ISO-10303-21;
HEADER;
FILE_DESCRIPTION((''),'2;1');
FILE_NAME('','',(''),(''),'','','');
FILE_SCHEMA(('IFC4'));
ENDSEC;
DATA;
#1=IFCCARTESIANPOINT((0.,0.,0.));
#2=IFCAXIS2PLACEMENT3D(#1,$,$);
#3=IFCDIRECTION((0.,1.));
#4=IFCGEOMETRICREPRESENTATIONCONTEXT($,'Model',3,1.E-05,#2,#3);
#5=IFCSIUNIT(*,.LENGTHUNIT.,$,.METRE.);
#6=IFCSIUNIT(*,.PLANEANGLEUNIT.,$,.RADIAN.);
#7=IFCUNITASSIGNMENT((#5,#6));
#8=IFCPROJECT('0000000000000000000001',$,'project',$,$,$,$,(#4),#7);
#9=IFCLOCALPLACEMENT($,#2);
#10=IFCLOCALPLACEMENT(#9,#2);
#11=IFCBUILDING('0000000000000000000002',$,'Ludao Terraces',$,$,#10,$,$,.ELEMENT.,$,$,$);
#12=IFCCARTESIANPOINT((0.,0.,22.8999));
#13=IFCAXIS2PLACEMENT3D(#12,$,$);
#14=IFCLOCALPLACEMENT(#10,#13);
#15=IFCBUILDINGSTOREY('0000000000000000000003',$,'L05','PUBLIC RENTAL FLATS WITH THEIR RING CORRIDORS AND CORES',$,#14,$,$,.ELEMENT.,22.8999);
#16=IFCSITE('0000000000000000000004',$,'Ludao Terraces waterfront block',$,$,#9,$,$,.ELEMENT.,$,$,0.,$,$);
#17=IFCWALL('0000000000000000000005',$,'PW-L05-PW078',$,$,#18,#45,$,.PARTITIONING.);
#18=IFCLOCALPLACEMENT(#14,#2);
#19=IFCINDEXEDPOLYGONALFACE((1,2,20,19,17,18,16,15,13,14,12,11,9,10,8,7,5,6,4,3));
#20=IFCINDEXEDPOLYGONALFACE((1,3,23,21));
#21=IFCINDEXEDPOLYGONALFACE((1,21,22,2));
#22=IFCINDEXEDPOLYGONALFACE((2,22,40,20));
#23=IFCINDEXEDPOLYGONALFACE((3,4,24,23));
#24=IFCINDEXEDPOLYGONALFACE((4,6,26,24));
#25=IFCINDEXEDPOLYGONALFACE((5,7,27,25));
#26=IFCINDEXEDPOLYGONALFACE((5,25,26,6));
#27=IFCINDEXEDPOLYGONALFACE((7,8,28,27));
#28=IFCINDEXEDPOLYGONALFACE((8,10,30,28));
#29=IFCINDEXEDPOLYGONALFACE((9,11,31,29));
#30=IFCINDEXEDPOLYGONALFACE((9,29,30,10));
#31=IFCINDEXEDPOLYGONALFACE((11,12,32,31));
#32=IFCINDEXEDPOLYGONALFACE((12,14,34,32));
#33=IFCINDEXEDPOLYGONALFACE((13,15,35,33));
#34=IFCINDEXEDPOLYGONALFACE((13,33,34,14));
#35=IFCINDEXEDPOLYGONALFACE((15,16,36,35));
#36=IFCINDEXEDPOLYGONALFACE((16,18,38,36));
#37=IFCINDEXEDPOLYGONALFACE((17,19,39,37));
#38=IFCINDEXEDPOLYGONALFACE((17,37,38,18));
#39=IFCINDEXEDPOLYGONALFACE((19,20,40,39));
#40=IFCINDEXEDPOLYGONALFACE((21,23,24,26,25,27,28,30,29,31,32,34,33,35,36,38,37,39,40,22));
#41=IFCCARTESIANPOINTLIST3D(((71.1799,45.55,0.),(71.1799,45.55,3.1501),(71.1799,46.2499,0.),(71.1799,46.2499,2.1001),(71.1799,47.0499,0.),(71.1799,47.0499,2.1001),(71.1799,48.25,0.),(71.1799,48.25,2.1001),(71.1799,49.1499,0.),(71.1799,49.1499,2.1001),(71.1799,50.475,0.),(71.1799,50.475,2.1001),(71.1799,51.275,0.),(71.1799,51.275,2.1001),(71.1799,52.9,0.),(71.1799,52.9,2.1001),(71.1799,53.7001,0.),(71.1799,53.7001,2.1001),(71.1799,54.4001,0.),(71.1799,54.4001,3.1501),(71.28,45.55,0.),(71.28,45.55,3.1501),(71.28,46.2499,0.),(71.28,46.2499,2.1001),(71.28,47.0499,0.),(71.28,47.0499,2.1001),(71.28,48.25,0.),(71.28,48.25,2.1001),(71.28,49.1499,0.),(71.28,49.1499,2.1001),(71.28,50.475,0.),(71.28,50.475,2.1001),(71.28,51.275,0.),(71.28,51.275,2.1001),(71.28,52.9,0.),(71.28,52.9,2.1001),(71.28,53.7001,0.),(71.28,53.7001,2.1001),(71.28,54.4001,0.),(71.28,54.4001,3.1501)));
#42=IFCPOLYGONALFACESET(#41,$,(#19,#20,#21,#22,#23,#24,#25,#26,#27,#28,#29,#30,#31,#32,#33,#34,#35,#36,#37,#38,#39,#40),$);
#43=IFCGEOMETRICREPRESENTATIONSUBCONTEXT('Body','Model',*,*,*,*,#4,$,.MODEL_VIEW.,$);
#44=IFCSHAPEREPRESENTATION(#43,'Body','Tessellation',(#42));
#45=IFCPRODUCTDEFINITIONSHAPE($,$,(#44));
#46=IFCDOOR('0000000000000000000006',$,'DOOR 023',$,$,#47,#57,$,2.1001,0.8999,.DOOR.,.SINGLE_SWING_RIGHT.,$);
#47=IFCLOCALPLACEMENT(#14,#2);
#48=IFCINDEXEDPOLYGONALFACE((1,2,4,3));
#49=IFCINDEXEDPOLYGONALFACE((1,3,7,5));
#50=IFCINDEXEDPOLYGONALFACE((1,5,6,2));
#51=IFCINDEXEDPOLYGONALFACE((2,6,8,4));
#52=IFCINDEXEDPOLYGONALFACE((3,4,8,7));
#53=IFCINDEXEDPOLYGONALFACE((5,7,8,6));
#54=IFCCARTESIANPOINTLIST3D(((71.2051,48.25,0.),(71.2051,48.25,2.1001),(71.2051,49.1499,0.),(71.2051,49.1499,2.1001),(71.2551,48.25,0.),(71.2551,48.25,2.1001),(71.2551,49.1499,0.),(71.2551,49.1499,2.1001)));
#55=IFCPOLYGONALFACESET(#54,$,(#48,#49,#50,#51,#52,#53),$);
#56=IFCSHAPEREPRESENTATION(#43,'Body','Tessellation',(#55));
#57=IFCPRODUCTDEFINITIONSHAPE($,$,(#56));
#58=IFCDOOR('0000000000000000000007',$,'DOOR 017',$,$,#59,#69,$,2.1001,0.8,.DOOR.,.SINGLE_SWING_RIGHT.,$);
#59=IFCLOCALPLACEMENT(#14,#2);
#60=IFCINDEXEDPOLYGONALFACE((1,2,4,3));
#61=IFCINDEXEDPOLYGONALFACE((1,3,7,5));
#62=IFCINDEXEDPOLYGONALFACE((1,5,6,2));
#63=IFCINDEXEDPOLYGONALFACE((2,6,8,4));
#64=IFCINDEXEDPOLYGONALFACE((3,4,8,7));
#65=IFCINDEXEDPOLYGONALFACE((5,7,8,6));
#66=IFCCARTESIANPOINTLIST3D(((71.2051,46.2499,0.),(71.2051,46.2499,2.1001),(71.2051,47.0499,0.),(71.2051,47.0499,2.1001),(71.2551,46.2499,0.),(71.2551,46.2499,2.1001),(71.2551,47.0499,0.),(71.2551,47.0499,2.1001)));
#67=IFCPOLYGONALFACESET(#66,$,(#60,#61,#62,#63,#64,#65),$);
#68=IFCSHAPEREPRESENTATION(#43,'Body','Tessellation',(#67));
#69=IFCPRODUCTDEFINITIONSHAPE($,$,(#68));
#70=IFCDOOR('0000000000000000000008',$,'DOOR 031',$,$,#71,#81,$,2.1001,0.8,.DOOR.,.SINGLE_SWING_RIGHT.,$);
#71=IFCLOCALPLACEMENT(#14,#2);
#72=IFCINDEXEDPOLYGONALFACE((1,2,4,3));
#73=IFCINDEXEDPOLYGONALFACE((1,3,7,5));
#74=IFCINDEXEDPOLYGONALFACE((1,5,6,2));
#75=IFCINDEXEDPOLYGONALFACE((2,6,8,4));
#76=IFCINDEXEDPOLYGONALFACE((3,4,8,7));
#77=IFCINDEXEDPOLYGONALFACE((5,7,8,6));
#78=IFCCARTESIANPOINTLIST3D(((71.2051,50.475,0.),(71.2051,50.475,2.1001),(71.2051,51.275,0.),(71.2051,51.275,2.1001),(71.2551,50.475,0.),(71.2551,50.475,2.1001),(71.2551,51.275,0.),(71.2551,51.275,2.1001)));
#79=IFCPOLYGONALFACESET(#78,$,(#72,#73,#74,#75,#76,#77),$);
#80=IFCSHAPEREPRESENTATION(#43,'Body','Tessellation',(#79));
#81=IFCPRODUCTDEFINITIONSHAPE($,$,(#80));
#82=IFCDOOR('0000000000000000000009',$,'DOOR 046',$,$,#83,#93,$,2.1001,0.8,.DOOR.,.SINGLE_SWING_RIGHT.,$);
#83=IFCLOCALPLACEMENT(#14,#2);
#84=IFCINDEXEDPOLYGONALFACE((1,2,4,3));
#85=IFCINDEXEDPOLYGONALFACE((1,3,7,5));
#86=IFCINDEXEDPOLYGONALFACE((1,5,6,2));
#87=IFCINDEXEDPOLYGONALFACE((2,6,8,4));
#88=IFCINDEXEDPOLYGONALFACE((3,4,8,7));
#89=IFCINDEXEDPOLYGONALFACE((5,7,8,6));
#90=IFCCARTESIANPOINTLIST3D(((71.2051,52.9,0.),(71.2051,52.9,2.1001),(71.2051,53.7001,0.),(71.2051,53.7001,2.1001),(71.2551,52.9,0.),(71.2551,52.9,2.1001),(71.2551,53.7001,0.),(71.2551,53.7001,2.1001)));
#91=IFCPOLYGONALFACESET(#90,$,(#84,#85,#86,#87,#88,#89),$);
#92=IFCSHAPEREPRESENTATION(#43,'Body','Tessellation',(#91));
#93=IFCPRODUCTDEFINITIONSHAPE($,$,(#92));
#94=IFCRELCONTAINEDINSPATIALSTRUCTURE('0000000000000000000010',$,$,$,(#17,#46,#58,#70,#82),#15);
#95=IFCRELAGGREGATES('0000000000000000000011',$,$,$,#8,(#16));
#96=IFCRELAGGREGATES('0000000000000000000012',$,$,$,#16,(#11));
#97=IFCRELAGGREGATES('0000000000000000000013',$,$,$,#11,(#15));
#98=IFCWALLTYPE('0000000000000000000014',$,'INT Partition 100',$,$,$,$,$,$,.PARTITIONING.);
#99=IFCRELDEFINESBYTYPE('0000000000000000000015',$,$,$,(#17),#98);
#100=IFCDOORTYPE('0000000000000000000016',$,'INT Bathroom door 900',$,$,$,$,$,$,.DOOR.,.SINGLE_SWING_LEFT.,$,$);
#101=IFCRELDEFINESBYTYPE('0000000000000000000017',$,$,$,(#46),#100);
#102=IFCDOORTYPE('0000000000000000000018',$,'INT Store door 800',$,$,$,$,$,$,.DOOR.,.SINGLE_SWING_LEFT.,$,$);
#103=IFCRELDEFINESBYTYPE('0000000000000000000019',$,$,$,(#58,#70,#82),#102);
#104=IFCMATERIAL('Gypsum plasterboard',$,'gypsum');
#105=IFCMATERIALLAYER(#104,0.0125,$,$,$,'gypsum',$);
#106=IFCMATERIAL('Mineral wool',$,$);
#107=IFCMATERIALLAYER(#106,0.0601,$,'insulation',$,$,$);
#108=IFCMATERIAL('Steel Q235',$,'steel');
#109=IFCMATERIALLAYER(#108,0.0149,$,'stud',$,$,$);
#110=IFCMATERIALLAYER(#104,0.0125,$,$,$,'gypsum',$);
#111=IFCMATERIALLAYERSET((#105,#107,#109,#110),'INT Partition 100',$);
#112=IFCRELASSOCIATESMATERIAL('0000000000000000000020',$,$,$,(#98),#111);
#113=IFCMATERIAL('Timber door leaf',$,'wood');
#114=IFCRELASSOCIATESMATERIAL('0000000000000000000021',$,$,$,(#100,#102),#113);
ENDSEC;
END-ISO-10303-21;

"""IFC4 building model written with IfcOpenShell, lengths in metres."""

from ifc_helpers import new_model, si_unit, direction, frame, frame_2d, origin, place, context, subcontext, project, spatial, rectangle, extrude, material, layer, layer_set, type_object, element, fill, save


model = new_model("IFC4")

# Units and contexts
model_context = context("Model", 3, precision=1e-05, world=origin(), true_north=direction((0.0, 1.0)))
body_context = subcontext(model_context, "Body", "Model", "MODEL_VIEW")
ifc_project = project(units=[si_unit("LENGTHUNIT", "METRE"), si_unit("PLANEANGLEUNIT", "RADIAN")], contexts=[model_context])

# Site, building, storey
site_placement = place(None, origin())
site = spatial("IfcSite", under=ifc_project, at=site_placement, Name="Ludao Terraces waterfront block", CompositionType="ELEMENT", RefElevation=0.0)
building_placement = place(site_placement, origin())
building = spatial("IfcBuilding", under=site, at=building_placement, Name="Ludao Terraces", CompositionType="ELEMENT")
storey_placement = place(building_placement, frame((0.0, 0.0, 22.8999)))
storey = spatial("IfcBuildingStorey", under=building, at=storey_placement, Name="L05", Description="PUBLIC RENTAL FLATS WITH THEIR RING CORRIDORS AND CORES", CompositionType="ELEMENT", Elevation=22.8999)

# Shared definitions
ifc_material_1 = material(Name="Mineral wool")

# Shared definitions
ifc_material_2 = material(Name="Gypsum plasterboard", Category="gypsum")
ifc_layer_1 = layer(ifc_material_2, 0.0125, Category="gypsum")
ifc_layer_2 = layer(ifc_material_1, 0.0601, Name="insulation")
ifc_material_3 = material(Name="Steel Q235", Category="steel")
ifc_layer_3 = layer(ifc_material_3, 0.0149, Name="stud")
ifc_layer_4 = layer(ifc_material_2, 0.0125, Category="gypsum")
ifc_layer_set_1 = layer_set([ifc_layer_1, ifc_layer_2, ifc_layer_3, ifc_layer_4], Name="INT Partition 100")
wall_type_1 = type_object("IfcWallType", Name="INT Partition 100", PredefinedType="PARTITIONING", material=ifc_layer_set_1)
ifc_material_4 = material(Name="Timber door leaf", Category="wood")
door_type_1 = type_object("IfcDoorType", Name="INT Bathroom door 900", OperationType="SINGLE_SWING_LEFT", PredefinedType="DOOR", material=ifc_material_4)

# Wall, openings, doors
wall_1_placement = place(storey_placement, frame((71.23, 45.55, 0.0), z_axis=(0.0, 0.0, 1.0), x_axis=(0.0, 1.0, 0.0)))
wall_1 = element("IfcWall", 1, at=wall_1_placement, inside=storey, type_object=wall_type_1, Name="PW-L05-PW078", PredefinedType="PARTITIONING", context=body_context, shape_type="SweptSolid", body=[
    extrude(rectangle(XDim=8.8501, YDim=0.1001, at=frame_2d((4.425, 0.0))), origin(), (0.0, 0.0, 1.0), 3.1501),
])
opening_1_placement = place(wall_1_placement, frame((0.7, 0.0, 0.0)))
opening_1 = element("IfcOpeningElement", 2, at=opening_1_placement, cuts=wall_1, PredefinedType="OPENING", context=body_context, shape_type="SweptSolid", body=[
    extrude(rectangle(XDim=0.8, YDim=2.1001, at=frame_2d((0.3999, 1.05))), frame((0.0, 0.0601, 0.0), z_axis=(0.0, -1.0, 0.0), x_axis=(1.0, 0.0, 0.0)), (0.0, 0.0, 1.0), 0.1201),
])
opening_2_placement = place(wall_1_placement, frame((2.7, 0.0, 0.0)))
opening_2 = element("IfcOpeningElement", 3, at=opening_2_placement, cuts=wall_1, PredefinedType="OPENING", context=body_context, shape_type="SweptSolid", body=[
    extrude(rectangle(XDim=0.8999, YDim=2.1001, at=frame_2d((0.45, 1.05))), frame((0.0, 0.0601, 0.0), z_axis=(0.0, -1.0, 0.0), x_axis=(1.0, 0.0, 0.0)), (0.0, 0.0, 1.0), 0.1201),
])
opening_3_placement = place(wall_1_placement, frame((4.925, 0.0, 0.0)))
opening_3 = element("IfcOpeningElement", 4, at=opening_3_placement, cuts=wall_1, PredefinedType="OPENING", context=body_context, shape_type="SweptSolid", body=[
    extrude(rectangle(XDim=0.8, YDim=2.1001, at=frame_2d((0.3999, 1.05))), frame((0.0, 0.0601, 0.0), z_axis=(0.0, -1.0, 0.0), x_axis=(1.0, 0.0, 0.0)), (0.0, 0.0, 1.0), 0.1201),
])
opening_4_placement = place(wall_1_placement, frame((7.3501, 0.0, 0.0)))
opening_4 = element("IfcOpeningElement", 5, at=opening_4_placement, cuts=wall_1, PredefinedType="OPENING", context=body_context, shape_type="SweptSolid", body=[
    extrude(rectangle(XDim=0.8, YDim=2.1001, at=frame_2d((0.3999, 1.05))), frame((0.0, 0.0601, 0.0), z_axis=(0.0, -1.0, 0.0), x_axis=(1.0, 0.0, 0.0)), (0.0, 0.0, 1.0), 0.1201),
])
door_1_placement = place(opening_2_placement, origin())
door_1 = element("IfcDoor", 6, at=door_1_placement, inside=storey, type_object=door_type_1, Name="DOOR 023", OperationType="SINGLE_SWING_RIGHT", OverallHeight=2.1001, OverallWidth=0.8999, PredefinedType="DOOR", context=body_context, shape_type="SweptSolid", body=[
    extrude(rectangle(XDim=0.8999, YDim=2.1001, at=frame_2d((0.45, 1.05))), frame((0.0, 0.0249, 0.0), z_axis=(0.0, -1.0, 0.0), x_axis=(1.0, 0.0, 0.0)), (0.0, 0.0, 1.0), 0.05),
])
fill(opening_2, door_1)
door_type_2 = type_object("IfcDoorType", Name="INT Store door 800", OperationType="SINGLE_SWING_LEFT", PredefinedType="DOOR", material=ifc_material_4)
door_2_placement = place(opening_1_placement, origin())
door_2 = element("IfcDoor", 7, at=door_2_placement, inside=storey, type_object=door_type_2, Name="DOOR 017", OperationType="SINGLE_SWING_RIGHT", OverallHeight=2.1001, OverallWidth=0.8, PredefinedType="DOOR", context=body_context, shape_type="SweptSolid", body=[
    extrude(rectangle(XDim=0.8, YDim=2.1001, at=frame_2d((0.3999, 1.05))), frame((0.0, 0.0249, 0.0), z_axis=(0.0, -1.0, 0.0), x_axis=(1.0, 0.0, 0.0)), (0.0, 0.0, 1.0), 0.05),
])
fill(opening_1, door_2)
door_3_placement = place(opening_3_placement, origin())
door_3 = element("IfcDoor", 8, at=door_3_placement, inside=storey, type_object=door_type_2, Name="DOOR 031", OperationType="SINGLE_SWING_RIGHT", OverallHeight=2.1001, OverallWidth=0.8, PredefinedType="DOOR", context=body_context, shape_type="SweptSolid", body=[
    extrude(rectangle(XDim=0.8, YDim=2.1001, at=frame_2d((0.3999, 1.05))), frame((0.0, 0.0249, 0.0), z_axis=(0.0, -1.0, 0.0), x_axis=(1.0, 0.0, 0.0)), (0.0, 0.0, 1.0), 0.05),
])
fill(opening_3, door_3)
door_4_placement = place(opening_4_placement, origin())
door_4 = element("IfcDoor", 9, at=door_4_placement, inside=storey, type_object=door_type_2, Name="DOOR 046", OperationType="SINGLE_SWING_RIGHT", OverallHeight=2.1001, OverallWidth=0.8, PredefinedType="DOOR", context=body_context, shape_type="SweptSolid", body=[
    extrude(rectangle(XDim=0.8, YDim=2.1001, at=frame_2d((0.3999, 1.05))), frame((0.0, 0.0249, 0.0), z_axis=(0.0, -1.0, 0.0), x_axis=(1.0, 0.0, 0.0)), (0.0, 0.0, 1.0), 0.05),
])
fill(opening_4, door_4)

save(model, "model.ifc")
